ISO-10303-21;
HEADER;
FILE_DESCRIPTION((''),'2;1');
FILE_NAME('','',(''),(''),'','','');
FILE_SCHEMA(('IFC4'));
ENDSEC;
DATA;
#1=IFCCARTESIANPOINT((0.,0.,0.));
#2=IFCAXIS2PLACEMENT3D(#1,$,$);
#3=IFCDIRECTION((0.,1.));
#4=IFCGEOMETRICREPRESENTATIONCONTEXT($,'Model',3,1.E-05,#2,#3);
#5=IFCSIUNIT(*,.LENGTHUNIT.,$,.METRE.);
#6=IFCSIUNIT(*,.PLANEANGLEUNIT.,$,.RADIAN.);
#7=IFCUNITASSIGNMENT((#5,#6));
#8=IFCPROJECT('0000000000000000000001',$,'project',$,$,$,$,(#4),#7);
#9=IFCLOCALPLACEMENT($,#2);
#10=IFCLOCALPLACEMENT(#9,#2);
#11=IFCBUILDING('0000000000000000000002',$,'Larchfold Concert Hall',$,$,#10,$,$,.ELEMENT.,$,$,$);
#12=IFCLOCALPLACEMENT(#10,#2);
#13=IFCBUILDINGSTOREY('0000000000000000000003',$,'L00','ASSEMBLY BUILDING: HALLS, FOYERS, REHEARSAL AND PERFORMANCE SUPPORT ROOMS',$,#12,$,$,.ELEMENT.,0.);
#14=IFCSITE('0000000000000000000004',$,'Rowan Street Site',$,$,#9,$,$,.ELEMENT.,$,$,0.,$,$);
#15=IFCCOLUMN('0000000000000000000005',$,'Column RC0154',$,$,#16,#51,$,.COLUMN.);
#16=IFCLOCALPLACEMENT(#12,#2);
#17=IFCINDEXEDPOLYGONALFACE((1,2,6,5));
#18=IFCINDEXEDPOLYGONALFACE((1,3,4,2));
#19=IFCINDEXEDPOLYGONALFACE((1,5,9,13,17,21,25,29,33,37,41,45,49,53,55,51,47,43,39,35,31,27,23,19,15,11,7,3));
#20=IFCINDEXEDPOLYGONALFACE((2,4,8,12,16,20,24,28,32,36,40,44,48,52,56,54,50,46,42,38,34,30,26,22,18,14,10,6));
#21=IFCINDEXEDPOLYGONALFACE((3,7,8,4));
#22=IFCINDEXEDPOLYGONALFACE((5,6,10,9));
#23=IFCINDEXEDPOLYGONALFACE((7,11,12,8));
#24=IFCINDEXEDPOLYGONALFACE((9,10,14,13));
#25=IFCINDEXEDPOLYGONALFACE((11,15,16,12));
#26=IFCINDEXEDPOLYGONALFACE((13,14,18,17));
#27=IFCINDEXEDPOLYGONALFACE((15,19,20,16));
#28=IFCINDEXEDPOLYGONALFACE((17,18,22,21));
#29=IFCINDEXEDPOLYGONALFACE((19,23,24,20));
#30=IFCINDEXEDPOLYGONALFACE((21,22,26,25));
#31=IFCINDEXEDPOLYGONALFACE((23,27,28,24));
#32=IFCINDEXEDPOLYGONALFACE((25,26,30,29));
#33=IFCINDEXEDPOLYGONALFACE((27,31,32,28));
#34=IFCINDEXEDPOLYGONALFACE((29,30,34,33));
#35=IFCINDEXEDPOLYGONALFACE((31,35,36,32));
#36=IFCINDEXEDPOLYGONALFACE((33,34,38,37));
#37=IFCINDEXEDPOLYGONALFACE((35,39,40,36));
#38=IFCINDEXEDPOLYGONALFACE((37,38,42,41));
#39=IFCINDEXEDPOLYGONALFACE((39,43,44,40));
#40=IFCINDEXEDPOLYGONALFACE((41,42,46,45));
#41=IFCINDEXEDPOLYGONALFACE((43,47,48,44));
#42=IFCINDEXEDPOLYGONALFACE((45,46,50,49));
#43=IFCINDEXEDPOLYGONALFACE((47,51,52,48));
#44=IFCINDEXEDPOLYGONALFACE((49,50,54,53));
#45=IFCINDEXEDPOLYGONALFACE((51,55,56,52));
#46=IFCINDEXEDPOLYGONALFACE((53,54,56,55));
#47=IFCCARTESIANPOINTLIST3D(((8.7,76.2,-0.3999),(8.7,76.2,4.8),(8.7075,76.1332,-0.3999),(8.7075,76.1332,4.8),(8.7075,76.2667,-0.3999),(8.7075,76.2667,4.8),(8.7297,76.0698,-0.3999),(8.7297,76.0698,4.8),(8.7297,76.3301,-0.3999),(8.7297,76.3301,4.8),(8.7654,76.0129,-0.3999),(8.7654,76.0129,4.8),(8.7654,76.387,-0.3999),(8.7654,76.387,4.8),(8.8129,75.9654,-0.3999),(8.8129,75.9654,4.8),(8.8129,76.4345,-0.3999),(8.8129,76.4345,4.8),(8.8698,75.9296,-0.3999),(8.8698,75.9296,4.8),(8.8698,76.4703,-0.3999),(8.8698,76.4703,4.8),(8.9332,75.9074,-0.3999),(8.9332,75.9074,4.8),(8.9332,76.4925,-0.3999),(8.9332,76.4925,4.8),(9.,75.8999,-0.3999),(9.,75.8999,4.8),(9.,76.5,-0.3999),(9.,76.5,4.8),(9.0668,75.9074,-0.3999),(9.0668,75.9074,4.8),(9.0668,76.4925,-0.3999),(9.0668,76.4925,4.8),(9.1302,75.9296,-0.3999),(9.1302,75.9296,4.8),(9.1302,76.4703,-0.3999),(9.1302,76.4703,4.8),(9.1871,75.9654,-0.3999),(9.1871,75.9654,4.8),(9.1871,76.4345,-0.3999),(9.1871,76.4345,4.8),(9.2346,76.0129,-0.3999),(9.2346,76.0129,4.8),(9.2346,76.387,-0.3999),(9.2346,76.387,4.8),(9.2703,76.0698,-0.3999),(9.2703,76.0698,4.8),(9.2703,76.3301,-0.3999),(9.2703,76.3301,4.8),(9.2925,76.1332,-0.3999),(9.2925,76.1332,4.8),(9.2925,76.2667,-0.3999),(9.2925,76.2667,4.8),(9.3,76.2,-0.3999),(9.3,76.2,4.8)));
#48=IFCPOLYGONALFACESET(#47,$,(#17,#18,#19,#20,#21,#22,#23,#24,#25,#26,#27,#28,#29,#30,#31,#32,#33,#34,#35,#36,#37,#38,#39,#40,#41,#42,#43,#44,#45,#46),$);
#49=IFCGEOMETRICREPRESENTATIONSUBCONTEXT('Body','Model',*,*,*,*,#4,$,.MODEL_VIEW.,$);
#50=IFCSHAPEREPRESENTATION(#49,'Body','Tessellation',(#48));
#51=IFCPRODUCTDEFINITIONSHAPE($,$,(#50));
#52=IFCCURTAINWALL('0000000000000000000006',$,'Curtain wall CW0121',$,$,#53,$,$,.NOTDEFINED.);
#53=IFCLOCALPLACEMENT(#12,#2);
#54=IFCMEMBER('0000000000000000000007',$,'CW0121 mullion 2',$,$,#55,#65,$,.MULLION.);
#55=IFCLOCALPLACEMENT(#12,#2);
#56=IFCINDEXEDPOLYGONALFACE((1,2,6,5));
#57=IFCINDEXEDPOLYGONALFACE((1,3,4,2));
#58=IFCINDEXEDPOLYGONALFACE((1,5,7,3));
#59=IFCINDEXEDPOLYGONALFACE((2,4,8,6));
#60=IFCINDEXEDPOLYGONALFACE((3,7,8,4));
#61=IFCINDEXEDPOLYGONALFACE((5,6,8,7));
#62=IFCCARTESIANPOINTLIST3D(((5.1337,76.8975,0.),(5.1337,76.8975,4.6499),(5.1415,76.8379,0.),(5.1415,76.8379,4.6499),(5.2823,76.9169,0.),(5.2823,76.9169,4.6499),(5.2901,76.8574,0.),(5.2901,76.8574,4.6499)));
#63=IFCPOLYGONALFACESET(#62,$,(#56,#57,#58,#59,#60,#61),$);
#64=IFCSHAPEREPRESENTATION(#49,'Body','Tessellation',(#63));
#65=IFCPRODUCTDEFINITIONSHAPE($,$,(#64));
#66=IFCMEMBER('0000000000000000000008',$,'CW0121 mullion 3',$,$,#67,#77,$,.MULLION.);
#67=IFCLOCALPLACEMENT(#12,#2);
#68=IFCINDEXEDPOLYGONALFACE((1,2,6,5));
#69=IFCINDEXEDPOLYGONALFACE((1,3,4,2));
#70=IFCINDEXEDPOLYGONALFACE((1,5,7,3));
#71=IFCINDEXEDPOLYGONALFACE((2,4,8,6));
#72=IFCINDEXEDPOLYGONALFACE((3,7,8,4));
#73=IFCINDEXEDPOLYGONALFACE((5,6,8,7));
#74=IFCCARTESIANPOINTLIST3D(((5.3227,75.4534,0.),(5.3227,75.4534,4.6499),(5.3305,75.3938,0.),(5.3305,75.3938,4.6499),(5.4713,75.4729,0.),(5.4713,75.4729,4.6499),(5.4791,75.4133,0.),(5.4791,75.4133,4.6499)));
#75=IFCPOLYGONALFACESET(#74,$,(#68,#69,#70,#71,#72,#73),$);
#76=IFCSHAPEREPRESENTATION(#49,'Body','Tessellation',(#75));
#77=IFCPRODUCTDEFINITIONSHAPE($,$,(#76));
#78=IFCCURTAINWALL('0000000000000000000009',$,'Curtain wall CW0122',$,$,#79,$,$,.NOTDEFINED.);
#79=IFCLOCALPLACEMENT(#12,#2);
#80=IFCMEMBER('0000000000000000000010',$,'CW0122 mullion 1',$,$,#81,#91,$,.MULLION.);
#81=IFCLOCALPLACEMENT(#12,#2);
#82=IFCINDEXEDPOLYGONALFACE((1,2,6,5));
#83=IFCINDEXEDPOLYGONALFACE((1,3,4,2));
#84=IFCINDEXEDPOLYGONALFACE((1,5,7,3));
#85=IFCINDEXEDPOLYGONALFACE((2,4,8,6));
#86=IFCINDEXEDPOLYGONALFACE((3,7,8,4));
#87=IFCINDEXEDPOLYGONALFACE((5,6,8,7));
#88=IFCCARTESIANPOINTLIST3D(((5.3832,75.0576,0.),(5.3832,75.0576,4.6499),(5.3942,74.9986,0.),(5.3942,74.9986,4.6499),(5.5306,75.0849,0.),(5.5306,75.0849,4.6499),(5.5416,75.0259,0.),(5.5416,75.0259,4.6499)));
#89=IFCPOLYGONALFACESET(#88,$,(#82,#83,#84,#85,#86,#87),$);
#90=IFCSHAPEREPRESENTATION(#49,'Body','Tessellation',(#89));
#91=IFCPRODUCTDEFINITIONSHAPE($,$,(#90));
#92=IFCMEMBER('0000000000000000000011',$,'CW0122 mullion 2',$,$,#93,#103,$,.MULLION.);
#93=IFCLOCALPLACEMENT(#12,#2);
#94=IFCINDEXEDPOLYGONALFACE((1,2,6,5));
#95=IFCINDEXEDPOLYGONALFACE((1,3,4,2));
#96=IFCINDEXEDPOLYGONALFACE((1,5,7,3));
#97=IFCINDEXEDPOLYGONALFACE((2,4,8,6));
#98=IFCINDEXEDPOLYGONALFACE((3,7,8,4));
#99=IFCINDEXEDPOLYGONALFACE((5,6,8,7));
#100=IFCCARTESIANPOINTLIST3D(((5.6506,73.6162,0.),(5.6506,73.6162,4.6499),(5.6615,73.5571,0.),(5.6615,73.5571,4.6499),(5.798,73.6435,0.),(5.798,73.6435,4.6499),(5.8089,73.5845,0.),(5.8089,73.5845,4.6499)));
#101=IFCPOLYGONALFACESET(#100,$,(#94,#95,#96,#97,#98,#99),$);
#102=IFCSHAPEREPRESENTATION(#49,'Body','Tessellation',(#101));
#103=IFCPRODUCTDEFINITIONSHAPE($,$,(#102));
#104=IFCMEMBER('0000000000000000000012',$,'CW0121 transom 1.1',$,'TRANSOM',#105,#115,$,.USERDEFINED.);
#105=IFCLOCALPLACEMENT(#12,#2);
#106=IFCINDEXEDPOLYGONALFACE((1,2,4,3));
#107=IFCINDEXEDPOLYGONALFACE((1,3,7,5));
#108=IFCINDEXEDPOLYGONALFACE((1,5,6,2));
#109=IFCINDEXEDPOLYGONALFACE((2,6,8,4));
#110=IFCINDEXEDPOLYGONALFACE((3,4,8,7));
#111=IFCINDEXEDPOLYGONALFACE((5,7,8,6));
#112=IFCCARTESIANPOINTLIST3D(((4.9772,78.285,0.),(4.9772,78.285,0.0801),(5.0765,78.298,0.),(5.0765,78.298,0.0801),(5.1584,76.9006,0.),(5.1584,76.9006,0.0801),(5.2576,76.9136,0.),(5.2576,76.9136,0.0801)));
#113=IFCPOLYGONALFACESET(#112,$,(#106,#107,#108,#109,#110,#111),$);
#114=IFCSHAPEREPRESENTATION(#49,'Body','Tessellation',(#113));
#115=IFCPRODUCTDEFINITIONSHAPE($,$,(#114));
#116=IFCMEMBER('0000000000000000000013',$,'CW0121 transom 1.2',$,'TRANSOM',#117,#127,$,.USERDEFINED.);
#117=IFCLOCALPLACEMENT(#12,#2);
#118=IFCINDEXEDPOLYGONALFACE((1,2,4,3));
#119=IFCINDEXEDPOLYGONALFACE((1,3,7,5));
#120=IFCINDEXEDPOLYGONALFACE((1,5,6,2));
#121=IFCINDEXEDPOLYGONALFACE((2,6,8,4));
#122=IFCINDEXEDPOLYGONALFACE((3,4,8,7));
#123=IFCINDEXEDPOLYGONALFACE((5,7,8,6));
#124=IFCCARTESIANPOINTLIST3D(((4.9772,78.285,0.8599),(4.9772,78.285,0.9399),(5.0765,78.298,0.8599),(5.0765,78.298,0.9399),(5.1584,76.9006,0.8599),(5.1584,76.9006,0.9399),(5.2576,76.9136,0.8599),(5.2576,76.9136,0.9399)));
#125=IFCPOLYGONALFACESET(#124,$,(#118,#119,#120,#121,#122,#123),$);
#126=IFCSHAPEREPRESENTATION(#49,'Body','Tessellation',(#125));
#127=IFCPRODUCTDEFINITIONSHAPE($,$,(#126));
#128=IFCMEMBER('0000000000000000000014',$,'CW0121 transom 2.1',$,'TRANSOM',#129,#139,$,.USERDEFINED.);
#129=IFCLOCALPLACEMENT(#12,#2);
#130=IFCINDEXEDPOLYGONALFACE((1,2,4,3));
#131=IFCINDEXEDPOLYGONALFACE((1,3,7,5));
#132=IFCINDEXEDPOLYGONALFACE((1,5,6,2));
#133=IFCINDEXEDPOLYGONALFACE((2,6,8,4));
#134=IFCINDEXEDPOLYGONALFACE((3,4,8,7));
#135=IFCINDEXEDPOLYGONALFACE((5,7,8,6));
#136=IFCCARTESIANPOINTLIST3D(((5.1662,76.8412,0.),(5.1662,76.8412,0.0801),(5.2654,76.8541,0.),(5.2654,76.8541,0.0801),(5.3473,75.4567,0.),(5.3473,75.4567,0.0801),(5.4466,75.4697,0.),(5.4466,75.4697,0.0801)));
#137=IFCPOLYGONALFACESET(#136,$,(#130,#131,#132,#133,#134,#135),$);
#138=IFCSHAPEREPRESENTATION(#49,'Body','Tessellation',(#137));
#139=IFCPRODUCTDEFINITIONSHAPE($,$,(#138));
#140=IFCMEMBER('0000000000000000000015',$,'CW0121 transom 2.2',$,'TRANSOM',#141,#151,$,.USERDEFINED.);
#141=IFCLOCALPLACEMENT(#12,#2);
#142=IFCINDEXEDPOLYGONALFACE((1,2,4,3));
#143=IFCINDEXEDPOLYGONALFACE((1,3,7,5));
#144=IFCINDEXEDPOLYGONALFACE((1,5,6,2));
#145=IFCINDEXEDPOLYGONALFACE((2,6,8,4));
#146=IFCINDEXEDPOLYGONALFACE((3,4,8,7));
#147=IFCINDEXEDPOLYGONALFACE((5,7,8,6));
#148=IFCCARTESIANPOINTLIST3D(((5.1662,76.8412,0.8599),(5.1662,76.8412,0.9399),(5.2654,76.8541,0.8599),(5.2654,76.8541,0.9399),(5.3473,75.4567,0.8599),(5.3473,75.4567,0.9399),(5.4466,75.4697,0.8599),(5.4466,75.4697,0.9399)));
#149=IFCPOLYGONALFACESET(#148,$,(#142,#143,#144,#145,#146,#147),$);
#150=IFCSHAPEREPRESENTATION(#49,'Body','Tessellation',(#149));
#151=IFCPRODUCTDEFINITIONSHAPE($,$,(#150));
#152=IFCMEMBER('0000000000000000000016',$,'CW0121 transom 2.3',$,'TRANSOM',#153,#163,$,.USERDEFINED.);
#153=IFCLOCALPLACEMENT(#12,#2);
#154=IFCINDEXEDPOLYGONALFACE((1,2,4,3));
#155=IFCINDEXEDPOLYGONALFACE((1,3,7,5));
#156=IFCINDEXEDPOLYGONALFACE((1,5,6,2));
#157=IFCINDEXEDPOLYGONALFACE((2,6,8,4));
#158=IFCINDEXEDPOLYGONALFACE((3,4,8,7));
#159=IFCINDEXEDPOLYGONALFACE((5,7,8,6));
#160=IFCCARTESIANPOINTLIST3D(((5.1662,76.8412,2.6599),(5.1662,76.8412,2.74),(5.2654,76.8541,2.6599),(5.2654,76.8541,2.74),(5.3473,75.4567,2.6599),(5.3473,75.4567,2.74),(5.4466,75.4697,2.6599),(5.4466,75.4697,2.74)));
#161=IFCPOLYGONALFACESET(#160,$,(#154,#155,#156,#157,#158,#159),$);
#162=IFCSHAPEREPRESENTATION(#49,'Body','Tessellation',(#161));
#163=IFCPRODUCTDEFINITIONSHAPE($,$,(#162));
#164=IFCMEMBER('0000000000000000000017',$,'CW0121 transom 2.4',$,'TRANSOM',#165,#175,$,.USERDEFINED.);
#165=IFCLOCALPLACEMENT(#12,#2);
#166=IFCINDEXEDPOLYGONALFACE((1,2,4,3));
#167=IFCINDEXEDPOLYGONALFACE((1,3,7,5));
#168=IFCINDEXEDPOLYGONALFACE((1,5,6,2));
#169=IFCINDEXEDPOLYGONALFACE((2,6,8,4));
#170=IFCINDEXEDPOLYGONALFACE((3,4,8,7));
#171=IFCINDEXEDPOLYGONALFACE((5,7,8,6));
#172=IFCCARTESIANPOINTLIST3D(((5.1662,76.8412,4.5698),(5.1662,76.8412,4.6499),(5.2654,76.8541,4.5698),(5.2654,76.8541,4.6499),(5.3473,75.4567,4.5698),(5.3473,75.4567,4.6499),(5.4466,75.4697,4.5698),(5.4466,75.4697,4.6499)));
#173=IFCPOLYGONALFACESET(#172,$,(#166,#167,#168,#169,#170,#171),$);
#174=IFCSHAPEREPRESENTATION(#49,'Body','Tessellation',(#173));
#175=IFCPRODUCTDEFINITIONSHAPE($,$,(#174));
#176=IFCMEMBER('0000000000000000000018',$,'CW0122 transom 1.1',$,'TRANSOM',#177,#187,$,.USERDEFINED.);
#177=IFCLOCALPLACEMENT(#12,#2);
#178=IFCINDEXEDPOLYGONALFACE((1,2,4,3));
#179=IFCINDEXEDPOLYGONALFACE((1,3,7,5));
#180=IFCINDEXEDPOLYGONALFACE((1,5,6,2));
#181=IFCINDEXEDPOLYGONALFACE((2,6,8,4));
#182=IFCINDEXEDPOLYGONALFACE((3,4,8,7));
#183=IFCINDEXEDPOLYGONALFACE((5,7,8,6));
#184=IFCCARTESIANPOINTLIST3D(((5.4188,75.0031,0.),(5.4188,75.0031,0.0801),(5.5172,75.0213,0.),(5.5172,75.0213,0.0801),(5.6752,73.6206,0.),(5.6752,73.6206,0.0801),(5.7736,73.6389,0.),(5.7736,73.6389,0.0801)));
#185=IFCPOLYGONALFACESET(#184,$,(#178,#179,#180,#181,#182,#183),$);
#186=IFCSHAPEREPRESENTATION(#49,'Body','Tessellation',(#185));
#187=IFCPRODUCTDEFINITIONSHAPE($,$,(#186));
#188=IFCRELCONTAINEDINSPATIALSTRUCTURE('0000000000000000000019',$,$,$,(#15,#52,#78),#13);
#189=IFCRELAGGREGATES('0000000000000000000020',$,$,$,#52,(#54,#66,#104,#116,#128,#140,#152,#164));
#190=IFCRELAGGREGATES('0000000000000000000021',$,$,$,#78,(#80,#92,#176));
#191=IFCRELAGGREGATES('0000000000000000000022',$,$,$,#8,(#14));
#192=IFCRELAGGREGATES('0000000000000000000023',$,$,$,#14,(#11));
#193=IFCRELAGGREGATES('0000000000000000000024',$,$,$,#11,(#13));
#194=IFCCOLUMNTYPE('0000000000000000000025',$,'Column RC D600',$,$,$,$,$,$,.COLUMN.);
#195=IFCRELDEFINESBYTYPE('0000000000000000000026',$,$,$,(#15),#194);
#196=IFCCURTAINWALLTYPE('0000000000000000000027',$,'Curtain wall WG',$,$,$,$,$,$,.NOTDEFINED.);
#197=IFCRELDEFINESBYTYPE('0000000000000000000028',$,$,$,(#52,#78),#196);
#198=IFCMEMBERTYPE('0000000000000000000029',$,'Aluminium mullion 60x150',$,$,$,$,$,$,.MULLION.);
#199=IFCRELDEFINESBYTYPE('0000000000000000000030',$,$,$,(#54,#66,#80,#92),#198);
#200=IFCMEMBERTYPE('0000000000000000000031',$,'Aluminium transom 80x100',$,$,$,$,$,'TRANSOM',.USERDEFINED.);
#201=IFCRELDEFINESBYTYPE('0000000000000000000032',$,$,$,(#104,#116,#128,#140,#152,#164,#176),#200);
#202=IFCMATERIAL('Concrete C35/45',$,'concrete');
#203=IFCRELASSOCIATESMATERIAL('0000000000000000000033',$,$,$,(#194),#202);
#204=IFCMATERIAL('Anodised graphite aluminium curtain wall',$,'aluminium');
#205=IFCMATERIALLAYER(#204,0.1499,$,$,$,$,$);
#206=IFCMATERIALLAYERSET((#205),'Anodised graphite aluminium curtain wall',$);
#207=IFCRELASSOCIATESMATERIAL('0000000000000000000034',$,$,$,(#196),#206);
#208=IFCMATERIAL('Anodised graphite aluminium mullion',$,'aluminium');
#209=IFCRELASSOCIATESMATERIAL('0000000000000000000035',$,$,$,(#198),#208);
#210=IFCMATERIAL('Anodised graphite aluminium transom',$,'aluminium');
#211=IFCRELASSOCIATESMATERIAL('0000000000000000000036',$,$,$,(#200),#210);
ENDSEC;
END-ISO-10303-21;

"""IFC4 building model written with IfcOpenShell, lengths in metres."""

from ifc_helpers import new_model, si_unit, direction, frame, origin, origin_2d, place, context, subcontext, project, spatial, rectangle, circle, extrude, material, layer, layer_set, material_profile, profile_set, type_object, element, aggregate, save


model = new_model("IFC4")

# Units and contexts
model_context = context("Model", 3, precision=1e-05, world=origin(), true_north=direction((0.0, 1.0)))
body_context = subcontext(model_context, "Body", "Model", "MODEL_VIEW")
ifc_project = project(units=[si_unit("LENGTHUNIT", "METRE"), si_unit("PLANEANGLEUNIT", "RADIAN")], contexts=[model_context])

# Site, building, storey
site_placement = place(None, origin())
site = spatial("IfcSite", under=ifc_project, at=site_placement, Name="Rowan Street Site", CompositionType="ELEMENT", RefElevation=0.0)
building_placement = place(site_placement, origin())
building = spatial("IfcBuilding", under=site, at=building_placement, Name="Larchfold Concert Hall", CompositionType="ELEMENT")
storey_placement = place(building_placement, origin())
storey = spatial("IfcBuildingStorey", under=building, at=storey_placement, Name="L00", Description="ASSEMBLY BUILDING: HALLS, FOYERS, REHEARSAL AND PERFORMANCE SUPPORT ROOMS", CompositionType="ELEMENT", Elevation=0.0)

# Column
ifc_material_1 = material(Name="Concrete C35/45", Category="concrete")
ifc_material_profile_1 = material_profile(ifc_material_1, circle(Radius=0.3, at=origin_2d()))
ifc_profile_set_1 = profile_set([ifc_material_profile_1], Name="Concrete C35/45")
column_type = type_object("IfcColumnType", Name="Column RC D600", PredefinedType="COLUMN", material=ifc_profile_set_1)
for number, where, z_axis, x_axis, name in (
    (1, (9.0, 76.2, -0.3999), (0.0, 0.0, 1.0), (1.0, 0.0, 0.0), "Column RC0154"),
):
    element("IfcColumn", number, at=place(storey_placement, frame(where, z_axis=z_axis, x_axis=x_axis)), inside=storey, type_object=column_type, Name=name, PredefinedType="COLUMN", context=body_context, shape_type="SweptSolid", body=[
        extrude(circle(Radius=0.3, at=origin_2d()), origin(), (0.0, 0.0, 1.0), 5.2),
    ])

# Curtain walls, members
ifc_material_2 = material(Name="Anodised graphite aluminium curtain wall", Category="aluminium")
ifc_layer_1 = layer(ifc_material_2, 0.1499)
ifc_layer_set_1 = layer_set([ifc_layer_1], Name="Anodised graphite aluminium curtain wall")
curtain_wall_type = type_object("IfcCurtainWallType", Name="Curtain wall WG", PredefinedType="NOTDEFINED", material=ifc_layer_set_1)
curtain_wall_1_placement = place(storey_placement, origin())
curtain_wall_1 = element("IfcCurtainWall", 2, at=curtain_wall_1_placement, inside=storey, type_object=curtain_wall_type, Name="Curtain wall CW0121", PredefinedType="NOTDEFINED")
ifc_material_3 = material(Name="Anodised graphite aluminium mullion", Category="aluminium")
ifc_material_profile_2 = material_profile(ifc_material_3, rectangle(XDim=0.1499, YDim=0.0601, at=origin_2d()))
ifc_profile_set_2 = profile_set([ifc_material_profile_2], Name="Anodised graphite aluminium mullion")
member_type_1 = type_object("IfcMemberType", Name="Aluminium mullion 60x150", PredefinedType="MULLION", material=ifc_profile_set_2)
member_1_placement = place(storey_placement, frame((5.2119, 76.8774, 0.0), z_axis=(0.0, 0.0, 1.0), x_axis=(0.991545, 0.129764, 0.0)))
member_1 = element("IfcMember", 3, at=member_1_placement, type_object=member_type_1, Name="CW0121 mullion 2", PredefinedType="MULLION", context=body_context, shape_type="SweptSolid", body=[
    extrude(rectangle(XDim=0.1499, YDim=0.0601, at=origin_2d()), origin(), (0.0, 0.0, 1.0), 4.6499),
])
member_2_placement = place(storey_placement, frame((5.4009, 75.4333, 0.0), z_axis=(0.0, 0.0, 1.0), x_axis=(0.991545, 0.129764, 0.0)))
member_2 = element("IfcMember", 4, at=member_2_placement, type_object=member_type_1, Name="CW0121 mullion 3", PredefinedType="MULLION", context=body_context, shape_type="SweptSolid", body=[
    extrude(rectangle(XDim=0.1499, YDim=0.0601, at=origin_2d()), origin(), (0.0, 0.0, 1.0), 4.6499),
])
curtain_wall_2_placement = place(storey_placement, origin())
curtain_wall_2 = element("IfcCurtainWall", 5, at=curtain_wall_2_placement, inside=storey, type_object=curtain_wall_type, Name="Curtain wall CW0122", PredefinedType="NOTDEFINED")
member_3_placement = place(storey_placement, frame((5.4624, 75.0417, 0.0), z_axis=(0.0, 0.0, 1.0), x_axis=(0.983231, 0.182367, 0.0)))
member_3 = element("IfcMember", 6, at=member_3_placement, type_object=member_type_1, Name="CW0122 mullion 1", PredefinedType="MULLION", context=body_context, shape_type="SweptSolid", body=[
    extrude(rectangle(XDim=0.1499, YDim=0.0601, at=origin_2d()), origin(), (0.0, 0.0, 1.0), 4.6499),
])
member_4_placement = place(storey_placement, frame((5.7297, 73.6003, 0.0), z_axis=(0.0, 0.0, 1.0), x_axis=(0.983231, 0.182367, 0.0)))
member_4 = element("IfcMember", 7, at=member_4_placement, type_object=member_type_1, Name="CW0122 mullion 2", PredefinedType="MULLION", context=body_context, shape_type="SweptSolid", body=[
    extrude(rectangle(XDim=0.1499, YDim=0.0601, at=origin_2d()), origin(), (0.0, 0.0, 1.0), 4.6499),
])

# Members
ifc_material_4 = material(Name="Anodised graphite aluminium transom", Category="aluminium")
ifc_material_profile_3 = material_profile(ifc_material_4, rectangle(XDim=0.1001, YDim=0.0801, at=origin_2d()))
ifc_profile_set_3 = profile_set([ifc_material_profile_3], Name="Anodised graphite aluminium transom")
member_type_2 = type_object("IfcMemberType", Name="Aluminium transom 80x100", ElementType="TRANSOM", PredefinedType="USERDEFINED", material=ifc_profile_set_3)
member_5_placement = place(storey_placement, frame((5.0269, 78.2915, 0.04), z_axis=(0.129735, -0.991549, 0.0), x_axis=(0.991549, 0.129735, 0.0)))
member_5 = element("IfcMember", 8, at=member_5_placement, type_object=member_type_2, Name="CW0121 transom 1.1", ObjectType="TRANSOM", PredefinedType="USERDEFINED", context=body_context, shape_type="SweptSolid", body=[
    extrude(rectangle(XDim=0.1001, YDim=0.0801, at=origin_2d()), origin(), (0.0, 0.0, 1.0), 1.3962),
])
member_6_placement = place(storey_placement, frame((5.0269, 78.2915, 0.8999), z_axis=(0.129735, -0.991549, 0.0), x_axis=(0.991549, 0.129735, 0.0)))
member_6 = element("IfcMember", 9, at=member_6_placement, type_object=member_type_2, Name="CW0121 transom 1.2", ObjectType="TRANSOM", PredefinedType="USERDEFINED", context=body_context, shape_type="SweptSolid", body=[
    extrude(rectangle(XDim=0.1001, YDim=0.0801, at=origin_2d()), origin(), (0.0, 0.0, 1.0), 1.3962),
])
member_7_placement = place(storey_placement, frame((5.2158, 76.8477, 0.04), z_axis=(0.129735, -0.991549, 0.0), x_axis=(0.991549, 0.129735, 0.0)))
member_7 = element("IfcMember", 10, at=member_7_placement, type_object=member_type_2, Name="CW0121 transom 2.1", ObjectType="TRANSOM", PredefinedType="USERDEFINED", context=body_context, shape_type="SweptSolid", body=[
    extrude(rectangle(XDim=0.1001, YDim=0.0801, at=origin_2d()), origin(), (0.0, 0.0, 1.0), 1.3962),
])
member_8_placement = place(storey_placement, frame((5.2158, 76.8477, 0.8999), z_axis=(0.129735, -0.991549, 0.0), x_axis=(0.991549, 0.129735, 0.0)))
member_8 = element("IfcMember", 11, at=member_8_placement, type_object=member_type_2, Name="CW0121 transom 2.2", ObjectType="TRANSOM", PredefinedType="USERDEFINED", context=body_context, shape_type="SweptSolid", body=[
    extrude(rectangle(XDim=0.1001, YDim=0.0801, at=origin_2d()), origin(), (0.0, 0.0, 1.0), 1.3962),
])
member_9_placement = place(storey_placement, frame((5.2158, 76.8477, 2.7), z_axis=(0.129735, -0.991549, 0.0), x_axis=(0.991549, 0.129735, 0.0)))
member_9 = element("IfcMember", 12, at=member_9_placement, type_object=member_type_2, Name="CW0121 transom 2.3", ObjectType="TRANSOM", PredefinedType="USERDEFINED", context=body_context, shape_type="SweptSolid", body=[
    extrude(rectangle(XDim=0.1001, YDim=0.0801, at=origin_2d()), origin(), (0.0, 0.0, 1.0), 1.3962),
])
member_10_placement = place(storey_placement, frame((5.2158, 76.8477, 4.6099), z_axis=(0.129735, -0.991549, 0.0), x_axis=(0.991549, 0.129735, 0.0)))
member_10 = element("IfcMember", 13, at=member_10_placement, type_object=member_type_2, Name="CW0121 transom 2.4", ObjectType="TRANSOM", PredefinedType="USERDEFINED", context=body_context, shape_type="SweptSolid", body=[
    extrude(rectangle(XDim=0.1001, YDim=0.0801, at=origin_2d()), origin(), (0.0, 0.0, 1.0), 1.3962),
])
member_11_placement = place(storey_placement, frame((5.468, 75.0122, 0.04), z_axis=(0.182338, -0.983236, 0.0), x_axis=(0.983236, 0.182338, 0.0)))
member_11 = element("IfcMember", 14, at=member_11_placement, type_object=member_type_2, Name="CW0122 transom 1.1", ObjectType="TRANSOM", PredefinedType="USERDEFINED", context=body_context, shape_type="SweptSolid", body=[
    extrude(rectangle(XDim=0.1001, YDim=0.0801, at=origin_2d()), origin(), (0.0, 0.0, 1.0), 1.406),
])

aggregate(curtain_wall_1, [member_1, member_2, member_5, member_6, member_7, member_8, member_9, member_10])
aggregate(curtain_wall_2, [member_3, member_4, member_11])

save(model, "model.ifc")
